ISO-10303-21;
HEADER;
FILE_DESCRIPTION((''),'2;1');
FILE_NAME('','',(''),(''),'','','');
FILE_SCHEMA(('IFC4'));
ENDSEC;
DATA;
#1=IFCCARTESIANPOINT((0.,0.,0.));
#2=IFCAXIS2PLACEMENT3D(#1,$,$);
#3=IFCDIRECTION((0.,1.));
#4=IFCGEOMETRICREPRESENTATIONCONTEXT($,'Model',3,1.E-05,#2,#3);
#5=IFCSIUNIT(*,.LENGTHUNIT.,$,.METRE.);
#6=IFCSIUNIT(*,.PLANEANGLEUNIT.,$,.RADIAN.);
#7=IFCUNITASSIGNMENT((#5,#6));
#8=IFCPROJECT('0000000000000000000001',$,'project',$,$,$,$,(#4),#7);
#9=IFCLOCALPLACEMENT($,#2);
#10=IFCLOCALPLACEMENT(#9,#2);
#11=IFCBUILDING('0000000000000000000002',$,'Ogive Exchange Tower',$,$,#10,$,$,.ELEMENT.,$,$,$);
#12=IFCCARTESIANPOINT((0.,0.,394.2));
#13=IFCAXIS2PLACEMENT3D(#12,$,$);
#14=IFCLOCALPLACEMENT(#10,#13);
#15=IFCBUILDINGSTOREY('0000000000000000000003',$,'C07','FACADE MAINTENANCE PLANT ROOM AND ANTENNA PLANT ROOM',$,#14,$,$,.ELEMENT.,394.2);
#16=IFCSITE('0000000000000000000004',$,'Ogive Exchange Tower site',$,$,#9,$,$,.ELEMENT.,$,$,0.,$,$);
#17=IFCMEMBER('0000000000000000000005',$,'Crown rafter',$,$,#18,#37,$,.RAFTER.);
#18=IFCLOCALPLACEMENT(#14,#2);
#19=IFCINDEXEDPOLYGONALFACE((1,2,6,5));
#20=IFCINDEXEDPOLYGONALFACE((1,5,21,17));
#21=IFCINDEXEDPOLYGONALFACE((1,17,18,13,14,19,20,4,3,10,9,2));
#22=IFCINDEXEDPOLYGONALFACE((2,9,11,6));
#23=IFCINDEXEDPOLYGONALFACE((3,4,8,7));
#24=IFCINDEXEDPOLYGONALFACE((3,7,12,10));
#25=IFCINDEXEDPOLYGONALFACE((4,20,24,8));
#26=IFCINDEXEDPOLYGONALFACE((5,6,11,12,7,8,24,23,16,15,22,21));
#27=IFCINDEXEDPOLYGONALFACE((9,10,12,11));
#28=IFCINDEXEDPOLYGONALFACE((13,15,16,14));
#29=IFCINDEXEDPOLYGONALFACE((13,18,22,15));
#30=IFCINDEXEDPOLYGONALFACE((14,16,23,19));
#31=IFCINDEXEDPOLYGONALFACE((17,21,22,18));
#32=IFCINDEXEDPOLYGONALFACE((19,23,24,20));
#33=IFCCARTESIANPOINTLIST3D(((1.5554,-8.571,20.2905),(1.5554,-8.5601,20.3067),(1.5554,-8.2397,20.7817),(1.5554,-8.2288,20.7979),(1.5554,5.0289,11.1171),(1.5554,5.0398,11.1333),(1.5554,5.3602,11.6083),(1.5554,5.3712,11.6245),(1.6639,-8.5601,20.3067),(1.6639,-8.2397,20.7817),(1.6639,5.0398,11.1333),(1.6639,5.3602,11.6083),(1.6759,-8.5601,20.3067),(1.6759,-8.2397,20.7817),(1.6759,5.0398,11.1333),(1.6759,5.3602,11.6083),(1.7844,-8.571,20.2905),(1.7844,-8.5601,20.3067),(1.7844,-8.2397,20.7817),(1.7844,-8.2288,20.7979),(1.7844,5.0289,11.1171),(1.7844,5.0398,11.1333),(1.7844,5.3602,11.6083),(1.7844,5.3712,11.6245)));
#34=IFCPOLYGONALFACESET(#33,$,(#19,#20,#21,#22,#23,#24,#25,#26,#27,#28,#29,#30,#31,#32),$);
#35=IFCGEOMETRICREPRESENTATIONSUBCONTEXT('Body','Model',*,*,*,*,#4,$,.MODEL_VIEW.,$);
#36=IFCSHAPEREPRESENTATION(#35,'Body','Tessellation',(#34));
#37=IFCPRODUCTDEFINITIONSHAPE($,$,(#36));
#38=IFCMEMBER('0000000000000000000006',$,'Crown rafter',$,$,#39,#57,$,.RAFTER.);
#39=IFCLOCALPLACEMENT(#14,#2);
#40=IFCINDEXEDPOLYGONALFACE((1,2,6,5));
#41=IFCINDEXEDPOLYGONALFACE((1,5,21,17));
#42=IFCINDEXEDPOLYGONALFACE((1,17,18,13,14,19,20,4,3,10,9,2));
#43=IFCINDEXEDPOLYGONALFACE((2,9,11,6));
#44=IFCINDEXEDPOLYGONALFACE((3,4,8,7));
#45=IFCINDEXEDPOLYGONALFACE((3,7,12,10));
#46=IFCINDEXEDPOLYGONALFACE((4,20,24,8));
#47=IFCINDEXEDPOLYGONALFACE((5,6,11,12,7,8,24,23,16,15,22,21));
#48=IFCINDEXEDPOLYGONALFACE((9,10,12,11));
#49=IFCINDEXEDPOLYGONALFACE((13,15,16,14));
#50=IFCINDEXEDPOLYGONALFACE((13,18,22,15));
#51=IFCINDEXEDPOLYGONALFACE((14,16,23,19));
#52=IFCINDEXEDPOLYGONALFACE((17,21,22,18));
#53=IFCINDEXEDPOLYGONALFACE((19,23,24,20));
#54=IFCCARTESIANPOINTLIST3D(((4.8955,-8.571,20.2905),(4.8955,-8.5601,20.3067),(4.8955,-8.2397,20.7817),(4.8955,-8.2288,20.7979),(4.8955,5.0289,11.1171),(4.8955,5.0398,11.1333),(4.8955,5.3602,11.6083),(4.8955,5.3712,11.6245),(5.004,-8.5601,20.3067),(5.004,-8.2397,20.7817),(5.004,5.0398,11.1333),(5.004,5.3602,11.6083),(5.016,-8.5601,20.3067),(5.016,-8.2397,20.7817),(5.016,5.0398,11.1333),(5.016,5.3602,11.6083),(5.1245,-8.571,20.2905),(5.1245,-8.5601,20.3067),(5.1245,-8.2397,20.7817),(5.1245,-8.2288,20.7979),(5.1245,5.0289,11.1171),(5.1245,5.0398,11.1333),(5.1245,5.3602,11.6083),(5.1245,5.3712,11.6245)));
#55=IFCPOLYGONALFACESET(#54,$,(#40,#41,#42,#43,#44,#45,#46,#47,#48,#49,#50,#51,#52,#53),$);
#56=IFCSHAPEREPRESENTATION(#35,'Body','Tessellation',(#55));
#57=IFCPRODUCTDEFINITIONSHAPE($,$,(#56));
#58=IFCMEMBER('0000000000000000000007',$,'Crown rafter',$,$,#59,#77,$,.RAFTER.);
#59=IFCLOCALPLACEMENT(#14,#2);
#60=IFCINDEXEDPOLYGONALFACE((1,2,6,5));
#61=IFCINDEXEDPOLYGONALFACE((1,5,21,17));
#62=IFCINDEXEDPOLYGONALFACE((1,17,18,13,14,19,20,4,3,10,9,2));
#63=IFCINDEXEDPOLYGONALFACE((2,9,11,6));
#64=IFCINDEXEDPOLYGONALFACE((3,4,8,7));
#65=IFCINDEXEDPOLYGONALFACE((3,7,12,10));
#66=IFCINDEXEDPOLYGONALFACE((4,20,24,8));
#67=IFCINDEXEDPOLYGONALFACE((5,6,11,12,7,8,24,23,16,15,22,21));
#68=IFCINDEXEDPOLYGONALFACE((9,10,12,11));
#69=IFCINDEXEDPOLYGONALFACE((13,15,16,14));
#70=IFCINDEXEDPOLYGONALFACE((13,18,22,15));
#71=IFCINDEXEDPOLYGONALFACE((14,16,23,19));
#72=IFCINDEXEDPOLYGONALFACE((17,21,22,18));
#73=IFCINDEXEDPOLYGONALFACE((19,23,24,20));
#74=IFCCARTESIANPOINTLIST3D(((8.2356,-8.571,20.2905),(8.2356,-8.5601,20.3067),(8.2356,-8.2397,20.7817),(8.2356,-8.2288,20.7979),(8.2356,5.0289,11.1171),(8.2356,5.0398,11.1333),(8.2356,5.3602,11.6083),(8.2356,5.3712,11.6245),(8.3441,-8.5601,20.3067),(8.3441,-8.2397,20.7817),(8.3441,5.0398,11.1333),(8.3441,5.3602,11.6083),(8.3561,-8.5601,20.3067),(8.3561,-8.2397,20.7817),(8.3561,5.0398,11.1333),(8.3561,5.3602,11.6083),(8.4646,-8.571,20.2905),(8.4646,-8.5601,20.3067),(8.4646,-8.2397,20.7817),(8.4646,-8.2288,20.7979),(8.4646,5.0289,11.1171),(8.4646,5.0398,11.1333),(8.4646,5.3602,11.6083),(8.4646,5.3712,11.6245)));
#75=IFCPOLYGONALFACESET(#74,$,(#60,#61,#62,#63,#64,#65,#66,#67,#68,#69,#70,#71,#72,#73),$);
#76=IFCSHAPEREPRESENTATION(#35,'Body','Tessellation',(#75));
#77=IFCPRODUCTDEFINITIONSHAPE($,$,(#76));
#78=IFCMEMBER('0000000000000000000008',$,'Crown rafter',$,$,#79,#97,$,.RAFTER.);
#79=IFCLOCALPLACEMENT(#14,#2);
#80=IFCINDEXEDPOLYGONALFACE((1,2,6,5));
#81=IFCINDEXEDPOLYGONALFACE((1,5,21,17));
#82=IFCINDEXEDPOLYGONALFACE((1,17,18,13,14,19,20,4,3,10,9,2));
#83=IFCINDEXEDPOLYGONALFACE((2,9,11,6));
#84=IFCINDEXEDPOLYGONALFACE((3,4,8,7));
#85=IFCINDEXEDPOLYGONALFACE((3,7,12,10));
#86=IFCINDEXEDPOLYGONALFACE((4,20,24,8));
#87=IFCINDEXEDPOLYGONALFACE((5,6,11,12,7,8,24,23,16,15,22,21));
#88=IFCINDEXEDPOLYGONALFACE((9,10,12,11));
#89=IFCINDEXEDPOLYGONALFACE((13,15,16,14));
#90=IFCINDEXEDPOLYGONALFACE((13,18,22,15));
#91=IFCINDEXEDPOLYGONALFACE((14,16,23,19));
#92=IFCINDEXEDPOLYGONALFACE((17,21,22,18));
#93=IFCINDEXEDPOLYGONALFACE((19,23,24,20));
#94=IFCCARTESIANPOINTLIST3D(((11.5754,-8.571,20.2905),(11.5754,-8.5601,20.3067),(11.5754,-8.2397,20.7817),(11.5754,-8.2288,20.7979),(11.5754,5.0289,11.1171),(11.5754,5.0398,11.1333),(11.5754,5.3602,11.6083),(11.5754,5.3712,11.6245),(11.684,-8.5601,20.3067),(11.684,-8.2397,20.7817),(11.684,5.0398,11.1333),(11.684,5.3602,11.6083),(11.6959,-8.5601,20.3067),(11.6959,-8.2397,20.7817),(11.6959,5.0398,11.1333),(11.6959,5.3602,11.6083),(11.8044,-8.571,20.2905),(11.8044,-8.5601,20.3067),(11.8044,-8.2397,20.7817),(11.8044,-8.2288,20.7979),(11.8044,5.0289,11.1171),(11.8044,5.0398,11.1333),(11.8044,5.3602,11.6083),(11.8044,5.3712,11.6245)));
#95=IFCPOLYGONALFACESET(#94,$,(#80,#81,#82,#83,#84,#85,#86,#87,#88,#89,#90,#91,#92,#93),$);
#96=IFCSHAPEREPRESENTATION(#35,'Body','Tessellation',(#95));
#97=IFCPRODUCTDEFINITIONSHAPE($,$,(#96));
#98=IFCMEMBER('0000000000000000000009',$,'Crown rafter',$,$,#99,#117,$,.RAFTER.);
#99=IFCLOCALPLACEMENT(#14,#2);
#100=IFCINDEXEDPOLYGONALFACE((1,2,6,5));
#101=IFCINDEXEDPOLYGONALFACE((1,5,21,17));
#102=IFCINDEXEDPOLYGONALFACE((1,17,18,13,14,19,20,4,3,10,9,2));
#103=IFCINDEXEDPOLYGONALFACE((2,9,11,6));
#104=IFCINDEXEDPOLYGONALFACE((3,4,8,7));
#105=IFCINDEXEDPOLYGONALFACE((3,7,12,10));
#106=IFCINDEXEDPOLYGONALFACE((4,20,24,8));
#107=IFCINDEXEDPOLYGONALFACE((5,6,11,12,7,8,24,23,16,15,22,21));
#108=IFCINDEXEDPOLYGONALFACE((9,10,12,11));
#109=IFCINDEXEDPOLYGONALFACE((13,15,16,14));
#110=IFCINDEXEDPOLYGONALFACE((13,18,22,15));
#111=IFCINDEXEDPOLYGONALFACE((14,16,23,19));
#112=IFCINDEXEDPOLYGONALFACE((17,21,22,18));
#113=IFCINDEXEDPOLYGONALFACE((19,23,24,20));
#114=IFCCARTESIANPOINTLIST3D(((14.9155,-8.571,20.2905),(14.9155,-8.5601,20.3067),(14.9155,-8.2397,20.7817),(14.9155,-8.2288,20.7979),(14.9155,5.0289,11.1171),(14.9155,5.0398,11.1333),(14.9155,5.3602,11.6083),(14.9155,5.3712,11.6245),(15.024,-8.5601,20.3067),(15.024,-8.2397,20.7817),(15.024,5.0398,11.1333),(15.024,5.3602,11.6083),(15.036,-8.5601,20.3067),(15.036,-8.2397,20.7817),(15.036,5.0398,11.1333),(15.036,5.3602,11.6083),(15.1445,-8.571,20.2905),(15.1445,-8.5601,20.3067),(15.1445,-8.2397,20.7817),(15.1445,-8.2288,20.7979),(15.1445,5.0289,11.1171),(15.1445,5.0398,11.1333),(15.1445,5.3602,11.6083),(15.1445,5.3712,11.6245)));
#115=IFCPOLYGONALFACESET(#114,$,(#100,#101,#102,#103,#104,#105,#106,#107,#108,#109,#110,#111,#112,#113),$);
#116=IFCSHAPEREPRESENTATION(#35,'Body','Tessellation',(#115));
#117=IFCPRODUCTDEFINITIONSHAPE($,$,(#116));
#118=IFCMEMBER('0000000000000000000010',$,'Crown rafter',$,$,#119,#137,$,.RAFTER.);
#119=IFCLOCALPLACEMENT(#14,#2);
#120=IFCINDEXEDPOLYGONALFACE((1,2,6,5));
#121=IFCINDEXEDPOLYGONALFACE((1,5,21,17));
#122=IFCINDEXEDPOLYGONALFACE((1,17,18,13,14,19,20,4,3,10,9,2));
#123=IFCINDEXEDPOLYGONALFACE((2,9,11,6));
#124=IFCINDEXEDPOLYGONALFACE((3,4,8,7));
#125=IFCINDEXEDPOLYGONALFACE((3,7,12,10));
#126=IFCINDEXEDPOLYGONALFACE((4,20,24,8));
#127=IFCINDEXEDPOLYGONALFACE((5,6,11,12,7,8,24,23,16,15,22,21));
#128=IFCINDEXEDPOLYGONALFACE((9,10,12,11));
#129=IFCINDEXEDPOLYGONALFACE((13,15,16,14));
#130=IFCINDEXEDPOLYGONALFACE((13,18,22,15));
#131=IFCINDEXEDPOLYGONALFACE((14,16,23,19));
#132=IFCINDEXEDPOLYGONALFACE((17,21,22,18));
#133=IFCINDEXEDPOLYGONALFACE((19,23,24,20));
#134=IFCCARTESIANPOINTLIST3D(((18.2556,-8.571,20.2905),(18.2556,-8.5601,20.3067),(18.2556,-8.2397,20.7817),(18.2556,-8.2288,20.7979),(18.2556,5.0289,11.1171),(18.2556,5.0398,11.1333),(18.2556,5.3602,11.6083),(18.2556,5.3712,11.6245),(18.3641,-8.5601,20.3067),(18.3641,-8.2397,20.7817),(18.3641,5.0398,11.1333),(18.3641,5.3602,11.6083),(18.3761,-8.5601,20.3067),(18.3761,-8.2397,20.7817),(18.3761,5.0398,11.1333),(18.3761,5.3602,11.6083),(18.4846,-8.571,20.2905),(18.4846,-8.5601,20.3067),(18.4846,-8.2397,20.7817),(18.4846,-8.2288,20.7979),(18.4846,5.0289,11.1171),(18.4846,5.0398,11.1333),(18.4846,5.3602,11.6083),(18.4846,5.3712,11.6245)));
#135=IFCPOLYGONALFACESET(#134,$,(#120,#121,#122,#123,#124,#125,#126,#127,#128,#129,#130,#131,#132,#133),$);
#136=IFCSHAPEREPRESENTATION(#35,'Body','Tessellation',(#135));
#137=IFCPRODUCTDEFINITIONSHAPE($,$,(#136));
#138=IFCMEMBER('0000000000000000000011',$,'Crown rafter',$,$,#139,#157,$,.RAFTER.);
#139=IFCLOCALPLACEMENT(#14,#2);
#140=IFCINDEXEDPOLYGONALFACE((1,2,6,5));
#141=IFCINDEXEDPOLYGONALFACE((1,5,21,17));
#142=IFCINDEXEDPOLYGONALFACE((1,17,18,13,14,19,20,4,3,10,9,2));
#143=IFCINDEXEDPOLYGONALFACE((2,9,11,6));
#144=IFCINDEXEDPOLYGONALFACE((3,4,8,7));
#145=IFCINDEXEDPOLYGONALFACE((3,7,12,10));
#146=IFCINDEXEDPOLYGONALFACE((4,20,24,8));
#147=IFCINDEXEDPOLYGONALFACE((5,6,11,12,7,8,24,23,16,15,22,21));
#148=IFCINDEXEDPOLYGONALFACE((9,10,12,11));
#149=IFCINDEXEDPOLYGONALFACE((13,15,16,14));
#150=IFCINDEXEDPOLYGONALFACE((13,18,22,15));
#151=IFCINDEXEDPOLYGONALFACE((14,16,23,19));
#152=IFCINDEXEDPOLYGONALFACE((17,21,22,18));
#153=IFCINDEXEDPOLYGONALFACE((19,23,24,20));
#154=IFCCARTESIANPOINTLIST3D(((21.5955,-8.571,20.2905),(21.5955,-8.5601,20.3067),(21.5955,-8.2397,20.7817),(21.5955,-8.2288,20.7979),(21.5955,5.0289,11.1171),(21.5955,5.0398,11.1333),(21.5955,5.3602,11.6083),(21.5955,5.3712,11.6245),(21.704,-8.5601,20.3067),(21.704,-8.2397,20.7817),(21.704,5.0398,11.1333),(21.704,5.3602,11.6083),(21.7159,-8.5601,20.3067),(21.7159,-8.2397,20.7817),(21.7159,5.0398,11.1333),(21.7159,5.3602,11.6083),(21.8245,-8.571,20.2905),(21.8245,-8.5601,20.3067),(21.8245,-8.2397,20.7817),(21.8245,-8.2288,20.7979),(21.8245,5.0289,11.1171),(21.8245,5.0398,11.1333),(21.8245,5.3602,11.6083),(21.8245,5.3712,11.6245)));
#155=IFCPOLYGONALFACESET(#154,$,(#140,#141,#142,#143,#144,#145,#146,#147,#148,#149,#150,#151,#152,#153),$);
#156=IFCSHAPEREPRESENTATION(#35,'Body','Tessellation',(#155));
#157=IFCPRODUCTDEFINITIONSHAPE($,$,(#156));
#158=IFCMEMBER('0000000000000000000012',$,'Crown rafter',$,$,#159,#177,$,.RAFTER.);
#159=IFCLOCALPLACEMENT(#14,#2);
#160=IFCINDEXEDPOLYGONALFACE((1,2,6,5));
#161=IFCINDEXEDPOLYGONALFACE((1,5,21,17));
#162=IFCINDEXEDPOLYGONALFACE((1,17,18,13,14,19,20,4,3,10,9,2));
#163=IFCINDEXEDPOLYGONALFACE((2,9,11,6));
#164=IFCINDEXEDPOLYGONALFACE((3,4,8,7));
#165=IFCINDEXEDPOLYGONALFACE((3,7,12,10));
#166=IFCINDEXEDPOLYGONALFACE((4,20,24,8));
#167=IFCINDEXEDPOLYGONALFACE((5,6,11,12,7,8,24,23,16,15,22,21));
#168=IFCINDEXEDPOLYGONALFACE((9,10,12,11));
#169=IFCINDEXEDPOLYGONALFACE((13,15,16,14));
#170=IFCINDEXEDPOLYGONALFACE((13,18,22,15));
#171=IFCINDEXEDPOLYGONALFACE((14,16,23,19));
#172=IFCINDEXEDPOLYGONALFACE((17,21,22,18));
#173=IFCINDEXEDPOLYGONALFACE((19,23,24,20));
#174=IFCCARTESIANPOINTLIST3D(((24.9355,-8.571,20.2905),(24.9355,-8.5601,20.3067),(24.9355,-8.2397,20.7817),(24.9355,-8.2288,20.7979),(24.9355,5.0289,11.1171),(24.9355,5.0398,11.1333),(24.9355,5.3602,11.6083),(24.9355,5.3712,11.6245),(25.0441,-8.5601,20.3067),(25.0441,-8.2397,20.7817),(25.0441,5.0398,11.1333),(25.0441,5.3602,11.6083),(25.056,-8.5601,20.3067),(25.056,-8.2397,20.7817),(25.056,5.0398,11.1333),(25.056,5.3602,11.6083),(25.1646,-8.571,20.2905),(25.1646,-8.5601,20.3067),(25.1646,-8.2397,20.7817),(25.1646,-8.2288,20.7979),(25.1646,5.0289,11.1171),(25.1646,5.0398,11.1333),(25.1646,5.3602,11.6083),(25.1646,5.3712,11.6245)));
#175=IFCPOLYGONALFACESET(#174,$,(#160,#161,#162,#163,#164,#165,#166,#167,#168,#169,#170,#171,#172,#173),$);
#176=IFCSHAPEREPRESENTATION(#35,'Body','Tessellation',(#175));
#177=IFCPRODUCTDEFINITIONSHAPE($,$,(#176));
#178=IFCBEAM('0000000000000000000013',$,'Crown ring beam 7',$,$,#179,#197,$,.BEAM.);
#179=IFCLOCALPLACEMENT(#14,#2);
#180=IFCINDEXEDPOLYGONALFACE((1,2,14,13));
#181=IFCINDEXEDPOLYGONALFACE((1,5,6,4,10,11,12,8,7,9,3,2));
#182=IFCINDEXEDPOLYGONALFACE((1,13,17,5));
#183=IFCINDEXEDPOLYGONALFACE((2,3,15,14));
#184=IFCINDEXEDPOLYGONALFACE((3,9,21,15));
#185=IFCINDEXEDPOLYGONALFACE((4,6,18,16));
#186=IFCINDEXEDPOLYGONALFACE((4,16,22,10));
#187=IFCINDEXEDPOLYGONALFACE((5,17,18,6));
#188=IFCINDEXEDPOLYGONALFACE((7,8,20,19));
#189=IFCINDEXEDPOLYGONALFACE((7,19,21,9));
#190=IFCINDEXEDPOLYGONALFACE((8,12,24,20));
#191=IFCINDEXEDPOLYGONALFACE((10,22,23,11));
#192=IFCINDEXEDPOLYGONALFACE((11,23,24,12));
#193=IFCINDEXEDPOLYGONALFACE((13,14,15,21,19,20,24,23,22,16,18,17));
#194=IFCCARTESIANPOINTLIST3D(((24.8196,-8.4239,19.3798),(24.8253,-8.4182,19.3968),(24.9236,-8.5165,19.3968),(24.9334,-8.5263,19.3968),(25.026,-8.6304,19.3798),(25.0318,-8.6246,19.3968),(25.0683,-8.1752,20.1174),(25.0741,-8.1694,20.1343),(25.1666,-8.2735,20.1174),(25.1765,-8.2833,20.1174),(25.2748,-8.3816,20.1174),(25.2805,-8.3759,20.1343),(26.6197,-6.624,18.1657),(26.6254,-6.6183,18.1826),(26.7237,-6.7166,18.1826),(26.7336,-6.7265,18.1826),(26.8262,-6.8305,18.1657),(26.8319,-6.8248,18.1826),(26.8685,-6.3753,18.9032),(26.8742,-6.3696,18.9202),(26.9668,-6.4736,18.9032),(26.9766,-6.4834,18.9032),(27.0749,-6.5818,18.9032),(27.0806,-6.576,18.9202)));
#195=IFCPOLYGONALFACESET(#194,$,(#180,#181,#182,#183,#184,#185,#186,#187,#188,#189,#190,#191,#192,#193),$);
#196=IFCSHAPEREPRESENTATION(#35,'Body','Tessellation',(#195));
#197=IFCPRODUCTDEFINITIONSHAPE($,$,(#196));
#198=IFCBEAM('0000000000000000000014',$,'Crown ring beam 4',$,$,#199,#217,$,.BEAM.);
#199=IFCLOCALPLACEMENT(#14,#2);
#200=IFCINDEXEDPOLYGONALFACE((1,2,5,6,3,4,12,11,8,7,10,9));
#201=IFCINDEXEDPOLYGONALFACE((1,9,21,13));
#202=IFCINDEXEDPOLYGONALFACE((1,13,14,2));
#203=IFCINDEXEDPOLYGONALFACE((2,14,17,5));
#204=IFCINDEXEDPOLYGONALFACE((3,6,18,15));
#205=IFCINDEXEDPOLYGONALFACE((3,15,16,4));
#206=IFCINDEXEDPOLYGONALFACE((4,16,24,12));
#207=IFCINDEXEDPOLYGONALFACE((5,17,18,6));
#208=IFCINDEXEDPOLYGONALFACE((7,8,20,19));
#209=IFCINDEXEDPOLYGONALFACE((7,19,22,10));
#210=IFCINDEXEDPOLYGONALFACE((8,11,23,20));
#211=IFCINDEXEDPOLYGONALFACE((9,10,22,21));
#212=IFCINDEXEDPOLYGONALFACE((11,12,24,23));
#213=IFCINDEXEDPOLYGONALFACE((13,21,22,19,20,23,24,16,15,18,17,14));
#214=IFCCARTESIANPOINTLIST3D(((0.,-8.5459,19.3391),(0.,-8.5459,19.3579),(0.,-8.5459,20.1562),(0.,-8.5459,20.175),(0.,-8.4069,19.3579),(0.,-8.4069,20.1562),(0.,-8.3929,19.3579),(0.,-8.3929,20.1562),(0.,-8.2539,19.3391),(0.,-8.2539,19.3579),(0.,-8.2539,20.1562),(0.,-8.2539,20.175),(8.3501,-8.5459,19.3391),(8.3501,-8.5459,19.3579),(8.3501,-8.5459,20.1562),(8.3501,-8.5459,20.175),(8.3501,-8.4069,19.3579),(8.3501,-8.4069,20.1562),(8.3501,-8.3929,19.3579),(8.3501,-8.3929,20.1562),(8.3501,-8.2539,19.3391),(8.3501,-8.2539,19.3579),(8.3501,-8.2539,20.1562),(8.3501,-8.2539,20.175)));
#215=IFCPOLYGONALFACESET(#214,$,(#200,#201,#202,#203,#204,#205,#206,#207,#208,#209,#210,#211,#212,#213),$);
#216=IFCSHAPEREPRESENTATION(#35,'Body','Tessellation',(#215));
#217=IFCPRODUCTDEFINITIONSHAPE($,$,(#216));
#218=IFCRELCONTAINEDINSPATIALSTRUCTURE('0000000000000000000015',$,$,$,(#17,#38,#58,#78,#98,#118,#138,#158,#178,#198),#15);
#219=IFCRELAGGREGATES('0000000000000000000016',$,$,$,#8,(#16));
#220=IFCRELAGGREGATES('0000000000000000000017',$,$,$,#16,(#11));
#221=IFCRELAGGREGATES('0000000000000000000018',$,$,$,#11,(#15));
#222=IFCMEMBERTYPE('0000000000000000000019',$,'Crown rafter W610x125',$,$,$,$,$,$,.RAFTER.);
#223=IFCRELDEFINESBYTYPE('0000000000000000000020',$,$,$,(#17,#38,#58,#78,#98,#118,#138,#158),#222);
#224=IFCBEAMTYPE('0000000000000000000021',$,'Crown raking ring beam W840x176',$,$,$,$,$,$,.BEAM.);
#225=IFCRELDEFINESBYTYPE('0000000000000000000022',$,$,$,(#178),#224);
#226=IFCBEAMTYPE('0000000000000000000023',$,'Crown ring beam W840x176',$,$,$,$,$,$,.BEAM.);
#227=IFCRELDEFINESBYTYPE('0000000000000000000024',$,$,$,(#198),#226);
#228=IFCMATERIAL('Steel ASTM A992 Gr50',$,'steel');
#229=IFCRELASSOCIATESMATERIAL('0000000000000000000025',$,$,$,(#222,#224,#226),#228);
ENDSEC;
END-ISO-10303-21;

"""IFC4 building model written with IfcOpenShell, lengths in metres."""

from ifc_helpers import new_model, si_unit, direction, frame, origin, origin_2d, place, context, subcontext, project, spatial, i_section, extrude, material, material_profile, profile_set, type_object, element, save


model = new_model("IFC4")

# Units and contexts
model_context = context("Model", 3, precision=1e-05, world=origin(), true_north=direction((0.0, 1.0)))
body_context = subcontext(model_context, "Body", "Model", "MODEL_VIEW")
ifc_project = project(units=[si_unit("LENGTHUNIT", "METRE"), si_unit("PLANEANGLEUNIT", "RADIAN")], contexts=[model_context])

# Site, building, storey
site_placement = place(None, origin())
site = spatial("IfcSite", under=ifc_project, at=site_placement, Name="Ogive Exchange Tower site", CompositionType="ELEMENT", RefElevation=0.0)
building_placement = place(site_placement, origin())
building = spatial("IfcBuilding", under=site, at=building_placement, Name="Ogive Exchange Tower", CompositionType="ELEMENT")
storey_placement = place(building_placement, frame((0.0, 0.0, 394.2)))
storey = spatial("IfcBuildingStorey", under=building, at=storey_placement, Name="C07", Description="FACADE MAINTENANCE PLANT ROOM AND ANTENNA PLANT ROOM", CompositionType="ELEMENT", Elevation=394.2)

# Members
ifc_material_1 = material(Name="Steel ASTM A992 Gr50", Category="steel")
ifc_material_profile_1 = material_profile(ifc_material_1, i_section(OverallWidth=0.229, OverallDepth=0.6121, WebThickness=0.012, FlangeThickness=0.0195, at=origin_2d()), Name="W610x125")
ifc_profile_set_1 = profile_set([ifc_material_profile_1], Name="Steel ASTM A992 Gr50")
member_type_1 = type_object("IfcMemberType", Name="Crown rafter W610x125", PredefinedType="RAFTER", material=ifc_profile_set_1)
for number, where, z_axis, x_axis, name in (
    (1, (1.6699, -8.3999, 20.5442), (0.0, 0.829034, -0.559198), (-1.0, 0.0, 0.0), "Crown rafter"),
    (2, (5.01, -8.3999, 20.5442), (0.0, 0.829034, -0.559198), (-1.0, 0.0, 0.0), "Crown rafter"),
    (3, (8.3501, -8.3999, 20.5442), (0.0, 0.829034, -0.559198), (-1.0, 0.0, 0.0), "Crown rafter"),
    (4, (11.6899, -8.3999, 20.5442), (0.0, 0.829034, -0.559198), (-1.0, 0.0, 0.0), "Crown rafter"),
    (5, (15.03, -8.3999, 20.5442), (0.0, 0.829034, -0.559198), (-1.0, 0.0, 0.0), "Crown rafter"),
    (6, (18.3701, -8.3999, 20.5442), (0.0, 0.829034, -0.559198), (-1.0, 0.0, 0.0), "Crown rafter"),
    (7, (21.71, -8.3999, 20.5442), (0.0, 0.829034, -0.559198), (-1.0, 0.0, 0.0), "Crown rafter"),
    (8, (25.05, -8.3999, 20.5442), (0.0, 0.829034, -0.559198), (-1.0, 0.0, 0.0), "Crown rafter"),
):
    element("IfcMember", number, at=place(storey_placement, frame(where, z_axis=z_axis, x_axis=x_axis)), inside=storey, type_object=member_type_1, Name=name, PredefinedType="RAFTER", context=body_context, shape_type="SweptSolid", body=[
        extrude(i_section(OverallWidth=0.229, OverallDepth=0.6121, WebThickness=0.012, FlangeThickness=0.0195, at=origin_2d()), origin(), (0.0, 0.0, 1.0), 16.4045),
    ])

# Beams
ifc_material_profile_2 = material_profile(ifc_material_1, i_section(OverallWidth=0.292, OverallDepth=0.8359, WebThickness=0.0139, FlangeThickness=0.0188, at=origin_2d()), Name="W840x176")
ifc_profile_set_2 = profile_set([ifc_material_profile_2], Name="Steel ASTM A992 Gr50")
beam_type_1 = type_object("IfcBeamType", Name="Crown raking ring beam W840x176", PredefinedType="BEAM", material=ifc_profile_set_2)
beam_1_placement = place(storey_placement, frame((25.05, -8.3999, 19.7571), z_axis=(0.638269, 0.638183, -0.430505), x_axis=(-0.707059, 0.707155, 0.0)))
element("IfcBeam", 9, at=beam_1_placement, inside=storey, type_object=beam_type_1, Name="Crown ring beam 7", PredefinedType="BEAM", context=body_context, shape_type="SweptSolid", body=[
    extrude(i_section(OverallWidth=0.292, OverallDepth=0.8359, WebThickness=0.0139, FlangeThickness=0.0188, at=origin_2d()), origin(), (0.0, 0.0, 1.0), 2.8203),
])
ifc_material_profile_3 = material_profile(ifc_material_1, i_section(OverallWidth=0.292, OverallDepth=0.8359, WebThickness=0.0139, FlangeThickness=0.0188, at=origin_2d()), Name="W840x176")
ifc_profile_set_3 = profile_set([ifc_material_profile_3], Name="Steel ASTM A992 Gr50")
beam_type_2 = type_object("IfcBeamType", Name="Crown ring beam W840x176", PredefinedType="BEAM", material=ifc_profile_set_3)
beam_2_placement = place(storey_placement, frame((0.0, -8.3999, 19.7571), z_axis=(1.0, 0.0, 0.0), x_axis=(0.0, 1.0, 0.0)))
element("IfcBeam", 10, at=beam_2_placement, inside=storey, type_object=beam_type_2, Name="Crown ring beam 4", PredefinedType="BEAM", context=body_context, shape_type="SweptSolid", body=[
    extrude(i_section(OverallWidth=0.292, OverallDepth=0.8359, WebThickness=0.0139, FlangeThickness=0.0188, at=origin_2d()), origin(), (0.0, 0.0, 1.0), 8.3501),
])

save(model, "model.ifc")
